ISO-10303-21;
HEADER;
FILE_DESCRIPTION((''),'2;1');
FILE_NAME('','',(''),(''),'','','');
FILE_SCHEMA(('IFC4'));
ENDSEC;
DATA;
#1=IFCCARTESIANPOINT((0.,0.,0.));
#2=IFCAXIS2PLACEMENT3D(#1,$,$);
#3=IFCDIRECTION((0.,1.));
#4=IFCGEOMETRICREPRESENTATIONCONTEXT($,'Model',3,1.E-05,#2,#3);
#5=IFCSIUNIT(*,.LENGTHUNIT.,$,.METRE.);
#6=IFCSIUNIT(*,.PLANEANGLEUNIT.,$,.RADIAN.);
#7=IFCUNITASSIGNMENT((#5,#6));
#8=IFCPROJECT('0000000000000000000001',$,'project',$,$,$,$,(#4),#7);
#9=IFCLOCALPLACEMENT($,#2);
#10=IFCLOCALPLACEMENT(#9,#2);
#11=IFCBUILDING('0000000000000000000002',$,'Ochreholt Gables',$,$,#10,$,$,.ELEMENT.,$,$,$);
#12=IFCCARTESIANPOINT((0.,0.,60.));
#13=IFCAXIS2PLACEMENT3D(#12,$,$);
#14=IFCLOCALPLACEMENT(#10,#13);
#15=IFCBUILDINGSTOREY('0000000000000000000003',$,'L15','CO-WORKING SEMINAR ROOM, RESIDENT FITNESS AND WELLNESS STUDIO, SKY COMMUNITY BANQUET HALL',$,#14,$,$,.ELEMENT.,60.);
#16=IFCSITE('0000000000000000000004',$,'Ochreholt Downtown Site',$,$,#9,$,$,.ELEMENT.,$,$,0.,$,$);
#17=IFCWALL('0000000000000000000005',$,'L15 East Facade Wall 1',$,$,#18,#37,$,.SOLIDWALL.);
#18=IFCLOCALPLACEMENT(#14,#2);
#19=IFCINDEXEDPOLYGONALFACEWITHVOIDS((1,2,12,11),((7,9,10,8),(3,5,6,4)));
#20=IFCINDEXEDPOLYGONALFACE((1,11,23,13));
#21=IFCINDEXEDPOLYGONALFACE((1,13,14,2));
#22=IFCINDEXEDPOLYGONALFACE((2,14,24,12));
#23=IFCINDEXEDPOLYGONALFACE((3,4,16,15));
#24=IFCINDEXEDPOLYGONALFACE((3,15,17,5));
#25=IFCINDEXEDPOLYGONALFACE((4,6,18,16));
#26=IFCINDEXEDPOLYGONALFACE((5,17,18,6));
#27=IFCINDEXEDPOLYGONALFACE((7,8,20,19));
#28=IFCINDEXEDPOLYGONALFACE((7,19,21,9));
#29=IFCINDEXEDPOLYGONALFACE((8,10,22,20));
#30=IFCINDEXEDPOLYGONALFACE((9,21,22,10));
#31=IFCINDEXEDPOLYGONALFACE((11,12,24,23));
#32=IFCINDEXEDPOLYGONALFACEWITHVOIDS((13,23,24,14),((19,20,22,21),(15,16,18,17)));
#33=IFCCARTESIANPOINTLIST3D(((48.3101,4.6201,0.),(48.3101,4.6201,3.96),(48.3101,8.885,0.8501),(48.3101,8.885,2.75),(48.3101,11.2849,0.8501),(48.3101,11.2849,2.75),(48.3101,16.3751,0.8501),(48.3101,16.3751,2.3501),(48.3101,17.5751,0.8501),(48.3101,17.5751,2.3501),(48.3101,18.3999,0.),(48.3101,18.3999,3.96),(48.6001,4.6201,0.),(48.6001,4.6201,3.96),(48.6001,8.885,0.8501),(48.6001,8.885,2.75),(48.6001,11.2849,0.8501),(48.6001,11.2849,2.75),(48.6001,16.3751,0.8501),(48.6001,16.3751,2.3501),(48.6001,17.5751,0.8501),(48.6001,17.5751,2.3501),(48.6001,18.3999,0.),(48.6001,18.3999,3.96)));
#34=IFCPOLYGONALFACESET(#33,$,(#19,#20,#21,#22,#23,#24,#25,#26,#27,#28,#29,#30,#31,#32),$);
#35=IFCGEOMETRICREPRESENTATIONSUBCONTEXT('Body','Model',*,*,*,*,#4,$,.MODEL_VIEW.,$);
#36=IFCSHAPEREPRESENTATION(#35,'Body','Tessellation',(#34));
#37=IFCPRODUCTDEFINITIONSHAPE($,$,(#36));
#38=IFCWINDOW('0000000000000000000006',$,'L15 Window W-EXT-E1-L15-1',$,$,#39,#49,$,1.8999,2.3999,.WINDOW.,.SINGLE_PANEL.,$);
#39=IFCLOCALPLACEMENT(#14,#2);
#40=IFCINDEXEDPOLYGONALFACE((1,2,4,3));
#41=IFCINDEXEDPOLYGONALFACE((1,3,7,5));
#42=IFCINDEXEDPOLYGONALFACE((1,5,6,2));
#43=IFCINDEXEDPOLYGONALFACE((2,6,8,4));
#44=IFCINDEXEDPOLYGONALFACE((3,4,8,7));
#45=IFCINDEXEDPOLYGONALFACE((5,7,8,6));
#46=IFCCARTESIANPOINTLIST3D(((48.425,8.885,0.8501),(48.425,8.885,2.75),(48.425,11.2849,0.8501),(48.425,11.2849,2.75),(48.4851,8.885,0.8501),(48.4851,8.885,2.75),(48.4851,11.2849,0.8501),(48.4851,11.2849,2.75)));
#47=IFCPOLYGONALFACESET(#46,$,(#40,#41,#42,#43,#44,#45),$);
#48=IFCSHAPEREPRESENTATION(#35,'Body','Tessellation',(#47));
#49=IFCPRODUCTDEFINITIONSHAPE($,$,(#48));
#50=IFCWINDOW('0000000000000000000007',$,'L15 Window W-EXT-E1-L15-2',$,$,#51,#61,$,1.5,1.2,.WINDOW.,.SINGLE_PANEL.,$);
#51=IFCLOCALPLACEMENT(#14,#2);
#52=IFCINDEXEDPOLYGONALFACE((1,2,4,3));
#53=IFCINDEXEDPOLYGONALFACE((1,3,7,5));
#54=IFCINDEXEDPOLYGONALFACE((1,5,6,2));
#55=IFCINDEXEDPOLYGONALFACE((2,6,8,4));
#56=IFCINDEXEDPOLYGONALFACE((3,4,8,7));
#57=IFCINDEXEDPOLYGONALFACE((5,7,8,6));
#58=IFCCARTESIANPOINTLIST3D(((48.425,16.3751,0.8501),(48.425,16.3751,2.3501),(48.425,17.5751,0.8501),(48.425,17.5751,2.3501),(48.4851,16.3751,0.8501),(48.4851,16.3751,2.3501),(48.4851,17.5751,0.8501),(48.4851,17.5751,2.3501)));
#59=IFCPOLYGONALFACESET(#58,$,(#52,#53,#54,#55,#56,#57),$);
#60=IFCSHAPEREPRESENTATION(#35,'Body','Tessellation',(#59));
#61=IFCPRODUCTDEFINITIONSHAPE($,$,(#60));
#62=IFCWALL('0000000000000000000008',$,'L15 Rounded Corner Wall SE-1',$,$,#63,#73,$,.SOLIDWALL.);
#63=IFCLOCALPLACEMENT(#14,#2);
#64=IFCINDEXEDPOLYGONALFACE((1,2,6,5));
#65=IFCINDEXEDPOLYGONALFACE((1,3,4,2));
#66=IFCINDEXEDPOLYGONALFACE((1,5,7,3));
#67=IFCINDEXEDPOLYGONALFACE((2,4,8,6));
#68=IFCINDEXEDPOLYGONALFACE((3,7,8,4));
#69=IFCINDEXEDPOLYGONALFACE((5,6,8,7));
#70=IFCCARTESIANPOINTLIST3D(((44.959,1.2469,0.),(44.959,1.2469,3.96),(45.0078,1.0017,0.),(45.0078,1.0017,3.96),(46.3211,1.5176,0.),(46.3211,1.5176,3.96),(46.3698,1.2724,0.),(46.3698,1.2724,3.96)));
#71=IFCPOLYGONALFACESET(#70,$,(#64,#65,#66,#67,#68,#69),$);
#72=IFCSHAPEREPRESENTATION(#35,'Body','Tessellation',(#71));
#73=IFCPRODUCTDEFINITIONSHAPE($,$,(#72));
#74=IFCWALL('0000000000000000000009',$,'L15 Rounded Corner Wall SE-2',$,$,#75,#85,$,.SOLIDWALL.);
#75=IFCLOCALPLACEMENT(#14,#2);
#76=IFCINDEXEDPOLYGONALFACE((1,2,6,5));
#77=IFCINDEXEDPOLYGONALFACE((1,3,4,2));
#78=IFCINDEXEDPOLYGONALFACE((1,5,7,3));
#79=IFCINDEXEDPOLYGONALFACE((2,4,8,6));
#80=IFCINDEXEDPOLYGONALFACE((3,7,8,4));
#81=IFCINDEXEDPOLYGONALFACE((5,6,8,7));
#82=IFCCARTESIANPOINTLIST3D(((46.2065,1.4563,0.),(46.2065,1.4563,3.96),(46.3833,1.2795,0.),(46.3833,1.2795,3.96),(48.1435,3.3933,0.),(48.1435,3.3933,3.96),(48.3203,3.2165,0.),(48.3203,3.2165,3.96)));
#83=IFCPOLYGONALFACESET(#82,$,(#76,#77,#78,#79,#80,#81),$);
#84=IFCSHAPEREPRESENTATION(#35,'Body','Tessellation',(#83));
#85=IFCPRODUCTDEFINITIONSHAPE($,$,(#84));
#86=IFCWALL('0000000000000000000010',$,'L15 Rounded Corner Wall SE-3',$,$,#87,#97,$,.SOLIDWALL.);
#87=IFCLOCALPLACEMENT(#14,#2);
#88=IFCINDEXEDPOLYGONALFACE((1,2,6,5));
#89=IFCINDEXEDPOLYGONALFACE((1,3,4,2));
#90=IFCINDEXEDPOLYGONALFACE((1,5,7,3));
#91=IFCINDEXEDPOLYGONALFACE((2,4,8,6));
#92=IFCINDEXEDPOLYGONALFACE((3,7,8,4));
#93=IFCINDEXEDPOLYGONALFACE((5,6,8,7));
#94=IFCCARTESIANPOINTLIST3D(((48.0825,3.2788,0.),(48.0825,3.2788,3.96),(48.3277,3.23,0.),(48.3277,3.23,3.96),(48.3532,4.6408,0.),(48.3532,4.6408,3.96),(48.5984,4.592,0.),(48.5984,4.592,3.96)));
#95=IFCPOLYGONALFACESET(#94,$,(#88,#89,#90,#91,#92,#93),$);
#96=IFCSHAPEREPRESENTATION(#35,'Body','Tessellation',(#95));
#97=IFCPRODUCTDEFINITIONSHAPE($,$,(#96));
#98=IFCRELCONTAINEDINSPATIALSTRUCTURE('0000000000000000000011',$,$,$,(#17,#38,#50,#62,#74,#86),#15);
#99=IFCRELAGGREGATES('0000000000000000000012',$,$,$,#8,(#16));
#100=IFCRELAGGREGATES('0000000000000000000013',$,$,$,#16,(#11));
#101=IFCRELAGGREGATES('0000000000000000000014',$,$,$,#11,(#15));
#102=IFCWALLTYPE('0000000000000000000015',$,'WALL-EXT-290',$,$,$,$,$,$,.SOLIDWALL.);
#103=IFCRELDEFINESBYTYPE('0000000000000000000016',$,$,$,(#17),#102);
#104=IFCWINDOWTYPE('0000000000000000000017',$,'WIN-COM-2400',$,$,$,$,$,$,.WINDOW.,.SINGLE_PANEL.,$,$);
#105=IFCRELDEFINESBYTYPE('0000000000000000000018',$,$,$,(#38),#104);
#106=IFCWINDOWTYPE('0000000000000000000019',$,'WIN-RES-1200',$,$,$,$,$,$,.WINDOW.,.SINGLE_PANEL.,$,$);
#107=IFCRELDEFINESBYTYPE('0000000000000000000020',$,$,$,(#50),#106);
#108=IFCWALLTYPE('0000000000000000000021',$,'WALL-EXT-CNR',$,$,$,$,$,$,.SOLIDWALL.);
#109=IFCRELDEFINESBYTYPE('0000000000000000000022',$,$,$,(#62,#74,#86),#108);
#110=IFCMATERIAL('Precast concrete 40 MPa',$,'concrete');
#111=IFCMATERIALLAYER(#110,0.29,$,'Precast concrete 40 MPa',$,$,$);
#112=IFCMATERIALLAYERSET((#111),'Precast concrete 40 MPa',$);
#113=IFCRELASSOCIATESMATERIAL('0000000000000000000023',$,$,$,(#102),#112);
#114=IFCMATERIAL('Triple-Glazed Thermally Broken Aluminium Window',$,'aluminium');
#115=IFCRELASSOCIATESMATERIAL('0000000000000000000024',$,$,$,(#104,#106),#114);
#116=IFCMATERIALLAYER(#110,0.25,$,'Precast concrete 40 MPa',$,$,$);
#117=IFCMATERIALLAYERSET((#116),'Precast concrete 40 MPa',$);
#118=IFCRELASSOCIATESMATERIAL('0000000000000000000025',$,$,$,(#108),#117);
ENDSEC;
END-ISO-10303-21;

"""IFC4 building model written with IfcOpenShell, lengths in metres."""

from ifc_helpers import new_model, si_unit, direction, frame, frame_2d, origin, place, context, subcontext, project, spatial, rectangle, extrude, material, layer, layer_set, type_object, element, fill, save


model = new_model("IFC4")

# Units and contexts
model_context = context("Model", 3, precision=1e-05, world=origin(), true_north=direction((0.0, 1.0)))
body_context = subcontext(model_context, "Body", "Model", "MODEL_VIEW")
ifc_project = project(units=[si_unit("LENGTHUNIT", "METRE"), si_unit("PLANEANGLEUNIT", "RADIAN")], contexts=[model_context])

# Site, building, storey
site_placement = place(None, origin())
site = spatial("IfcSite", under=ifc_project, at=site_placement, Name="Ochreholt Downtown Site", CompositionType="ELEMENT", RefElevation=0.0)
building_placement = place(site_placement, origin())
building = spatial("IfcBuilding", under=site, at=building_placement, Name="Ochreholt Gables", CompositionType="ELEMENT")
storey_placement = place(building_placement, frame((0.0, 0.0, 60.0)))
storey = spatial("IfcBuildingStorey", under=building, at=storey_placement, Name="L15", Description="CO-WORKING SEMINAR ROOM, RESIDENT FITNESS AND WELLNESS STUDIO, SKY COMMUNITY BANQUET HALL", CompositionType="ELEMENT", Elevation=60.0)

# Wall, openings, windows
ifc_material_1 = material(Name="Precast concrete 40 MPa", Category="concrete")
ifc_layer_1 = layer(ifc_material_1, 0.29, Name="Precast concrete 40 MPa")
ifc_layer_set_1 = layer_set([ifc_layer_1], Name="Precast concrete 40 MPa")
wall_type_1 = type_object("IfcWallType", Name="WALL-EXT-290", PredefinedType="SOLIDWALL", material=ifc_layer_set_1)
wall_1_placement = place(storey_placement, frame((48.4551, 4.6201, 0.0), z_axis=(0.0, 0.0, 1.0), x_axis=(0.0, 1.0, 0.0)))
wall_1 = element("IfcWall", 1, at=wall_1_placement, inside=storey, type_object=wall_type_1, Name="L15 East Facade Wall 1", PredefinedType="SOLIDWALL", context=body_context, shape_type="SweptSolid", body=[
    extrude(rectangle(XDim=13.7798, YDim=0.29, at=frame_2d((6.8899, 0.0))), origin(), (0.0, 0.0, 1.0), 3.96),
])
opening_1_placement = place(wall_1_placement, frame((4.2649, 0.0, 0.8501)))
opening_1 = element("IfcOpeningElement", 2, at=opening_1_placement, cuts=wall_1, PredefinedType="OPENING", context=body_context, shape_type="SweptSolid", body=[
    extrude(rectangle(XDim=2.3999, YDim=1.8999, at=frame_2d((1.2, 0.95))), frame((0.0, 0.155, 0.0), z_axis=(0.0, -1.0, 0.0), x_axis=(1.0, 0.0, 0.0)), (0.0, 0.0, 1.0), 0.3101),
])
opening_2_placement = place(wall_1_placement, frame((11.7549, 0.0, 0.8501)))
opening_2 = element("IfcOpeningElement", 3, at=opening_2_placement, cuts=wall_1, PredefinedType="OPENING", context=body_context, shape_type="SweptSolid", body=[
    extrude(rectangle(XDim=1.2, YDim=1.5, at=frame_2d((0.6001, 0.75))), frame((0.0, 0.155, 0.0), z_axis=(0.0, -1.0, 0.0), x_axis=(1.0, 0.0, 0.0)), (0.0, 0.0, 1.0), 0.3101),
])
ifc_material_2 = material(Name="Triple-Glazed Thermally Broken Aluminium Window", Category="aluminium")
window_type_1 = type_object("IfcWindowType", Name="WIN-COM-2400", PartitioningType="SINGLE_PANEL", PredefinedType="WINDOW", material=ifc_material_2)
window_1_placement = place(opening_1_placement, origin())
window_1 = element("IfcWindow", 4, at=window_1_placement, inside=storey, type_object=window_type_1, Name="L15 Window W-EXT-E1-L15-1", OverallHeight=1.8999, OverallWidth=2.3999, PartitioningType="SINGLE_PANEL", PredefinedType="WINDOW", context=body_context, shape_type="SweptSolid", body=[
    extrude(rectangle(XDim=2.3999, YDim=1.8999, at=frame_2d((1.2, 0.95))), frame((0.0, 0.03, 0.0), z_axis=(0.0, -1.0, 0.0), x_axis=(1.0, 0.0, 0.0)), (0.0, 0.0, 1.0), 0.0601),
])
fill(opening_1, window_1)
window_type_2 = type_object("IfcWindowType", Name="WIN-RES-1200", PartitioningType="SINGLE_PANEL", PredefinedType="WINDOW", material=ifc_material_2)
window_2_placement = place(opening_2_placement, origin())
window_2 = element("IfcWindow", 5, at=window_2_placement, inside=storey, type_object=window_type_2, Name="L15 Window W-EXT-E1-L15-2", OverallHeight=1.5, OverallWidth=1.2, PartitioningType="SINGLE_PANEL", PredefinedType="WINDOW", context=body_context, shape_type="SweptSolid", body=[
    extrude(rectangle(XDim=1.2, YDim=1.5, at=frame_2d((0.6001, 0.75))), frame((0.0, 0.03, 0.0), z_axis=(0.0, -1.0, 0.0), x_axis=(1.0, 0.0, 0.0)), (0.0, 0.0, 1.0), 0.0601),
])
fill(opening_2, window_2)

# Walls
ifc_layer_2 = layer(ifc_material_1, 0.25, Name="Precast concrete 40 MPa")
ifc_layer_set_2 = layer_set([ifc_layer_2], Name="Precast concrete 40 MPa")
wall_type_2 = type_object("IfcWallType", Name="WALL-EXT-CNR", PredefinedType="SOLIDWALL", material=ifc_layer_set_2)
wall_2_placement = place(storey_placement, frame((44.9834, 1.1243, 0.0), z_axis=(0.0, 0.0, 1.0), x_axis=(0.98081, 0.194967, 0.0)))
element("IfcWall", 6, at=wall_2_placement, inside=storey, type_object=wall_type_2, Name="L15 Rounded Corner Wall SE-1", PredefinedType="SOLIDWALL", context=body_context, shape_type="SweptSolid", body=[
    extrude(rectangle(XDim=1.3887, YDim=0.25, at=frame_2d((0.6943, 0.0))), origin(), (0.0, 0.0, 1.0), 3.96),
])
wall_3_placement = place(storey_placement, frame((46.2949, 1.3679, 0.0), z_axis=(0.0, 0.0, 1.0), x_axis=(0.707107, 0.707107, 0.0)))
element("IfcWall", 7, at=wall_3_placement, inside=storey, type_object=wall_type_2, Name="L15 Rounded Corner Wall SE-2", PredefinedType="SOLIDWALL", context=body_context, shape_type="SweptSolid", body=[
    extrude(rectangle(XDim=2.7393, YDim=0.25, at=frame_2d((1.3696, 0.0))), origin(), (0.0, 0.0, 1.0), 3.96),
])
wall_4_placement = place(storey_placement, frame((48.2051, 3.2544, 0.0), z_axis=(0.0, 0.0, 1.0), x_axis=(0.194967, 0.98081, 0.0)))
element("IfcWall", 8, at=wall_4_placement, inside=storey, type_object=wall_type_2, Name="L15 Rounded Corner Wall SE-3", PredefinedType="SOLIDWALL", context=body_context, shape_type="SweptSolid", body=[
    extrude(rectangle(XDim=1.3887, YDim=0.25, at=frame_2d((0.6943, 0.0))), origin(), (0.0, 0.0, 1.0), 3.96),
])

save(model, "model.ifc")
